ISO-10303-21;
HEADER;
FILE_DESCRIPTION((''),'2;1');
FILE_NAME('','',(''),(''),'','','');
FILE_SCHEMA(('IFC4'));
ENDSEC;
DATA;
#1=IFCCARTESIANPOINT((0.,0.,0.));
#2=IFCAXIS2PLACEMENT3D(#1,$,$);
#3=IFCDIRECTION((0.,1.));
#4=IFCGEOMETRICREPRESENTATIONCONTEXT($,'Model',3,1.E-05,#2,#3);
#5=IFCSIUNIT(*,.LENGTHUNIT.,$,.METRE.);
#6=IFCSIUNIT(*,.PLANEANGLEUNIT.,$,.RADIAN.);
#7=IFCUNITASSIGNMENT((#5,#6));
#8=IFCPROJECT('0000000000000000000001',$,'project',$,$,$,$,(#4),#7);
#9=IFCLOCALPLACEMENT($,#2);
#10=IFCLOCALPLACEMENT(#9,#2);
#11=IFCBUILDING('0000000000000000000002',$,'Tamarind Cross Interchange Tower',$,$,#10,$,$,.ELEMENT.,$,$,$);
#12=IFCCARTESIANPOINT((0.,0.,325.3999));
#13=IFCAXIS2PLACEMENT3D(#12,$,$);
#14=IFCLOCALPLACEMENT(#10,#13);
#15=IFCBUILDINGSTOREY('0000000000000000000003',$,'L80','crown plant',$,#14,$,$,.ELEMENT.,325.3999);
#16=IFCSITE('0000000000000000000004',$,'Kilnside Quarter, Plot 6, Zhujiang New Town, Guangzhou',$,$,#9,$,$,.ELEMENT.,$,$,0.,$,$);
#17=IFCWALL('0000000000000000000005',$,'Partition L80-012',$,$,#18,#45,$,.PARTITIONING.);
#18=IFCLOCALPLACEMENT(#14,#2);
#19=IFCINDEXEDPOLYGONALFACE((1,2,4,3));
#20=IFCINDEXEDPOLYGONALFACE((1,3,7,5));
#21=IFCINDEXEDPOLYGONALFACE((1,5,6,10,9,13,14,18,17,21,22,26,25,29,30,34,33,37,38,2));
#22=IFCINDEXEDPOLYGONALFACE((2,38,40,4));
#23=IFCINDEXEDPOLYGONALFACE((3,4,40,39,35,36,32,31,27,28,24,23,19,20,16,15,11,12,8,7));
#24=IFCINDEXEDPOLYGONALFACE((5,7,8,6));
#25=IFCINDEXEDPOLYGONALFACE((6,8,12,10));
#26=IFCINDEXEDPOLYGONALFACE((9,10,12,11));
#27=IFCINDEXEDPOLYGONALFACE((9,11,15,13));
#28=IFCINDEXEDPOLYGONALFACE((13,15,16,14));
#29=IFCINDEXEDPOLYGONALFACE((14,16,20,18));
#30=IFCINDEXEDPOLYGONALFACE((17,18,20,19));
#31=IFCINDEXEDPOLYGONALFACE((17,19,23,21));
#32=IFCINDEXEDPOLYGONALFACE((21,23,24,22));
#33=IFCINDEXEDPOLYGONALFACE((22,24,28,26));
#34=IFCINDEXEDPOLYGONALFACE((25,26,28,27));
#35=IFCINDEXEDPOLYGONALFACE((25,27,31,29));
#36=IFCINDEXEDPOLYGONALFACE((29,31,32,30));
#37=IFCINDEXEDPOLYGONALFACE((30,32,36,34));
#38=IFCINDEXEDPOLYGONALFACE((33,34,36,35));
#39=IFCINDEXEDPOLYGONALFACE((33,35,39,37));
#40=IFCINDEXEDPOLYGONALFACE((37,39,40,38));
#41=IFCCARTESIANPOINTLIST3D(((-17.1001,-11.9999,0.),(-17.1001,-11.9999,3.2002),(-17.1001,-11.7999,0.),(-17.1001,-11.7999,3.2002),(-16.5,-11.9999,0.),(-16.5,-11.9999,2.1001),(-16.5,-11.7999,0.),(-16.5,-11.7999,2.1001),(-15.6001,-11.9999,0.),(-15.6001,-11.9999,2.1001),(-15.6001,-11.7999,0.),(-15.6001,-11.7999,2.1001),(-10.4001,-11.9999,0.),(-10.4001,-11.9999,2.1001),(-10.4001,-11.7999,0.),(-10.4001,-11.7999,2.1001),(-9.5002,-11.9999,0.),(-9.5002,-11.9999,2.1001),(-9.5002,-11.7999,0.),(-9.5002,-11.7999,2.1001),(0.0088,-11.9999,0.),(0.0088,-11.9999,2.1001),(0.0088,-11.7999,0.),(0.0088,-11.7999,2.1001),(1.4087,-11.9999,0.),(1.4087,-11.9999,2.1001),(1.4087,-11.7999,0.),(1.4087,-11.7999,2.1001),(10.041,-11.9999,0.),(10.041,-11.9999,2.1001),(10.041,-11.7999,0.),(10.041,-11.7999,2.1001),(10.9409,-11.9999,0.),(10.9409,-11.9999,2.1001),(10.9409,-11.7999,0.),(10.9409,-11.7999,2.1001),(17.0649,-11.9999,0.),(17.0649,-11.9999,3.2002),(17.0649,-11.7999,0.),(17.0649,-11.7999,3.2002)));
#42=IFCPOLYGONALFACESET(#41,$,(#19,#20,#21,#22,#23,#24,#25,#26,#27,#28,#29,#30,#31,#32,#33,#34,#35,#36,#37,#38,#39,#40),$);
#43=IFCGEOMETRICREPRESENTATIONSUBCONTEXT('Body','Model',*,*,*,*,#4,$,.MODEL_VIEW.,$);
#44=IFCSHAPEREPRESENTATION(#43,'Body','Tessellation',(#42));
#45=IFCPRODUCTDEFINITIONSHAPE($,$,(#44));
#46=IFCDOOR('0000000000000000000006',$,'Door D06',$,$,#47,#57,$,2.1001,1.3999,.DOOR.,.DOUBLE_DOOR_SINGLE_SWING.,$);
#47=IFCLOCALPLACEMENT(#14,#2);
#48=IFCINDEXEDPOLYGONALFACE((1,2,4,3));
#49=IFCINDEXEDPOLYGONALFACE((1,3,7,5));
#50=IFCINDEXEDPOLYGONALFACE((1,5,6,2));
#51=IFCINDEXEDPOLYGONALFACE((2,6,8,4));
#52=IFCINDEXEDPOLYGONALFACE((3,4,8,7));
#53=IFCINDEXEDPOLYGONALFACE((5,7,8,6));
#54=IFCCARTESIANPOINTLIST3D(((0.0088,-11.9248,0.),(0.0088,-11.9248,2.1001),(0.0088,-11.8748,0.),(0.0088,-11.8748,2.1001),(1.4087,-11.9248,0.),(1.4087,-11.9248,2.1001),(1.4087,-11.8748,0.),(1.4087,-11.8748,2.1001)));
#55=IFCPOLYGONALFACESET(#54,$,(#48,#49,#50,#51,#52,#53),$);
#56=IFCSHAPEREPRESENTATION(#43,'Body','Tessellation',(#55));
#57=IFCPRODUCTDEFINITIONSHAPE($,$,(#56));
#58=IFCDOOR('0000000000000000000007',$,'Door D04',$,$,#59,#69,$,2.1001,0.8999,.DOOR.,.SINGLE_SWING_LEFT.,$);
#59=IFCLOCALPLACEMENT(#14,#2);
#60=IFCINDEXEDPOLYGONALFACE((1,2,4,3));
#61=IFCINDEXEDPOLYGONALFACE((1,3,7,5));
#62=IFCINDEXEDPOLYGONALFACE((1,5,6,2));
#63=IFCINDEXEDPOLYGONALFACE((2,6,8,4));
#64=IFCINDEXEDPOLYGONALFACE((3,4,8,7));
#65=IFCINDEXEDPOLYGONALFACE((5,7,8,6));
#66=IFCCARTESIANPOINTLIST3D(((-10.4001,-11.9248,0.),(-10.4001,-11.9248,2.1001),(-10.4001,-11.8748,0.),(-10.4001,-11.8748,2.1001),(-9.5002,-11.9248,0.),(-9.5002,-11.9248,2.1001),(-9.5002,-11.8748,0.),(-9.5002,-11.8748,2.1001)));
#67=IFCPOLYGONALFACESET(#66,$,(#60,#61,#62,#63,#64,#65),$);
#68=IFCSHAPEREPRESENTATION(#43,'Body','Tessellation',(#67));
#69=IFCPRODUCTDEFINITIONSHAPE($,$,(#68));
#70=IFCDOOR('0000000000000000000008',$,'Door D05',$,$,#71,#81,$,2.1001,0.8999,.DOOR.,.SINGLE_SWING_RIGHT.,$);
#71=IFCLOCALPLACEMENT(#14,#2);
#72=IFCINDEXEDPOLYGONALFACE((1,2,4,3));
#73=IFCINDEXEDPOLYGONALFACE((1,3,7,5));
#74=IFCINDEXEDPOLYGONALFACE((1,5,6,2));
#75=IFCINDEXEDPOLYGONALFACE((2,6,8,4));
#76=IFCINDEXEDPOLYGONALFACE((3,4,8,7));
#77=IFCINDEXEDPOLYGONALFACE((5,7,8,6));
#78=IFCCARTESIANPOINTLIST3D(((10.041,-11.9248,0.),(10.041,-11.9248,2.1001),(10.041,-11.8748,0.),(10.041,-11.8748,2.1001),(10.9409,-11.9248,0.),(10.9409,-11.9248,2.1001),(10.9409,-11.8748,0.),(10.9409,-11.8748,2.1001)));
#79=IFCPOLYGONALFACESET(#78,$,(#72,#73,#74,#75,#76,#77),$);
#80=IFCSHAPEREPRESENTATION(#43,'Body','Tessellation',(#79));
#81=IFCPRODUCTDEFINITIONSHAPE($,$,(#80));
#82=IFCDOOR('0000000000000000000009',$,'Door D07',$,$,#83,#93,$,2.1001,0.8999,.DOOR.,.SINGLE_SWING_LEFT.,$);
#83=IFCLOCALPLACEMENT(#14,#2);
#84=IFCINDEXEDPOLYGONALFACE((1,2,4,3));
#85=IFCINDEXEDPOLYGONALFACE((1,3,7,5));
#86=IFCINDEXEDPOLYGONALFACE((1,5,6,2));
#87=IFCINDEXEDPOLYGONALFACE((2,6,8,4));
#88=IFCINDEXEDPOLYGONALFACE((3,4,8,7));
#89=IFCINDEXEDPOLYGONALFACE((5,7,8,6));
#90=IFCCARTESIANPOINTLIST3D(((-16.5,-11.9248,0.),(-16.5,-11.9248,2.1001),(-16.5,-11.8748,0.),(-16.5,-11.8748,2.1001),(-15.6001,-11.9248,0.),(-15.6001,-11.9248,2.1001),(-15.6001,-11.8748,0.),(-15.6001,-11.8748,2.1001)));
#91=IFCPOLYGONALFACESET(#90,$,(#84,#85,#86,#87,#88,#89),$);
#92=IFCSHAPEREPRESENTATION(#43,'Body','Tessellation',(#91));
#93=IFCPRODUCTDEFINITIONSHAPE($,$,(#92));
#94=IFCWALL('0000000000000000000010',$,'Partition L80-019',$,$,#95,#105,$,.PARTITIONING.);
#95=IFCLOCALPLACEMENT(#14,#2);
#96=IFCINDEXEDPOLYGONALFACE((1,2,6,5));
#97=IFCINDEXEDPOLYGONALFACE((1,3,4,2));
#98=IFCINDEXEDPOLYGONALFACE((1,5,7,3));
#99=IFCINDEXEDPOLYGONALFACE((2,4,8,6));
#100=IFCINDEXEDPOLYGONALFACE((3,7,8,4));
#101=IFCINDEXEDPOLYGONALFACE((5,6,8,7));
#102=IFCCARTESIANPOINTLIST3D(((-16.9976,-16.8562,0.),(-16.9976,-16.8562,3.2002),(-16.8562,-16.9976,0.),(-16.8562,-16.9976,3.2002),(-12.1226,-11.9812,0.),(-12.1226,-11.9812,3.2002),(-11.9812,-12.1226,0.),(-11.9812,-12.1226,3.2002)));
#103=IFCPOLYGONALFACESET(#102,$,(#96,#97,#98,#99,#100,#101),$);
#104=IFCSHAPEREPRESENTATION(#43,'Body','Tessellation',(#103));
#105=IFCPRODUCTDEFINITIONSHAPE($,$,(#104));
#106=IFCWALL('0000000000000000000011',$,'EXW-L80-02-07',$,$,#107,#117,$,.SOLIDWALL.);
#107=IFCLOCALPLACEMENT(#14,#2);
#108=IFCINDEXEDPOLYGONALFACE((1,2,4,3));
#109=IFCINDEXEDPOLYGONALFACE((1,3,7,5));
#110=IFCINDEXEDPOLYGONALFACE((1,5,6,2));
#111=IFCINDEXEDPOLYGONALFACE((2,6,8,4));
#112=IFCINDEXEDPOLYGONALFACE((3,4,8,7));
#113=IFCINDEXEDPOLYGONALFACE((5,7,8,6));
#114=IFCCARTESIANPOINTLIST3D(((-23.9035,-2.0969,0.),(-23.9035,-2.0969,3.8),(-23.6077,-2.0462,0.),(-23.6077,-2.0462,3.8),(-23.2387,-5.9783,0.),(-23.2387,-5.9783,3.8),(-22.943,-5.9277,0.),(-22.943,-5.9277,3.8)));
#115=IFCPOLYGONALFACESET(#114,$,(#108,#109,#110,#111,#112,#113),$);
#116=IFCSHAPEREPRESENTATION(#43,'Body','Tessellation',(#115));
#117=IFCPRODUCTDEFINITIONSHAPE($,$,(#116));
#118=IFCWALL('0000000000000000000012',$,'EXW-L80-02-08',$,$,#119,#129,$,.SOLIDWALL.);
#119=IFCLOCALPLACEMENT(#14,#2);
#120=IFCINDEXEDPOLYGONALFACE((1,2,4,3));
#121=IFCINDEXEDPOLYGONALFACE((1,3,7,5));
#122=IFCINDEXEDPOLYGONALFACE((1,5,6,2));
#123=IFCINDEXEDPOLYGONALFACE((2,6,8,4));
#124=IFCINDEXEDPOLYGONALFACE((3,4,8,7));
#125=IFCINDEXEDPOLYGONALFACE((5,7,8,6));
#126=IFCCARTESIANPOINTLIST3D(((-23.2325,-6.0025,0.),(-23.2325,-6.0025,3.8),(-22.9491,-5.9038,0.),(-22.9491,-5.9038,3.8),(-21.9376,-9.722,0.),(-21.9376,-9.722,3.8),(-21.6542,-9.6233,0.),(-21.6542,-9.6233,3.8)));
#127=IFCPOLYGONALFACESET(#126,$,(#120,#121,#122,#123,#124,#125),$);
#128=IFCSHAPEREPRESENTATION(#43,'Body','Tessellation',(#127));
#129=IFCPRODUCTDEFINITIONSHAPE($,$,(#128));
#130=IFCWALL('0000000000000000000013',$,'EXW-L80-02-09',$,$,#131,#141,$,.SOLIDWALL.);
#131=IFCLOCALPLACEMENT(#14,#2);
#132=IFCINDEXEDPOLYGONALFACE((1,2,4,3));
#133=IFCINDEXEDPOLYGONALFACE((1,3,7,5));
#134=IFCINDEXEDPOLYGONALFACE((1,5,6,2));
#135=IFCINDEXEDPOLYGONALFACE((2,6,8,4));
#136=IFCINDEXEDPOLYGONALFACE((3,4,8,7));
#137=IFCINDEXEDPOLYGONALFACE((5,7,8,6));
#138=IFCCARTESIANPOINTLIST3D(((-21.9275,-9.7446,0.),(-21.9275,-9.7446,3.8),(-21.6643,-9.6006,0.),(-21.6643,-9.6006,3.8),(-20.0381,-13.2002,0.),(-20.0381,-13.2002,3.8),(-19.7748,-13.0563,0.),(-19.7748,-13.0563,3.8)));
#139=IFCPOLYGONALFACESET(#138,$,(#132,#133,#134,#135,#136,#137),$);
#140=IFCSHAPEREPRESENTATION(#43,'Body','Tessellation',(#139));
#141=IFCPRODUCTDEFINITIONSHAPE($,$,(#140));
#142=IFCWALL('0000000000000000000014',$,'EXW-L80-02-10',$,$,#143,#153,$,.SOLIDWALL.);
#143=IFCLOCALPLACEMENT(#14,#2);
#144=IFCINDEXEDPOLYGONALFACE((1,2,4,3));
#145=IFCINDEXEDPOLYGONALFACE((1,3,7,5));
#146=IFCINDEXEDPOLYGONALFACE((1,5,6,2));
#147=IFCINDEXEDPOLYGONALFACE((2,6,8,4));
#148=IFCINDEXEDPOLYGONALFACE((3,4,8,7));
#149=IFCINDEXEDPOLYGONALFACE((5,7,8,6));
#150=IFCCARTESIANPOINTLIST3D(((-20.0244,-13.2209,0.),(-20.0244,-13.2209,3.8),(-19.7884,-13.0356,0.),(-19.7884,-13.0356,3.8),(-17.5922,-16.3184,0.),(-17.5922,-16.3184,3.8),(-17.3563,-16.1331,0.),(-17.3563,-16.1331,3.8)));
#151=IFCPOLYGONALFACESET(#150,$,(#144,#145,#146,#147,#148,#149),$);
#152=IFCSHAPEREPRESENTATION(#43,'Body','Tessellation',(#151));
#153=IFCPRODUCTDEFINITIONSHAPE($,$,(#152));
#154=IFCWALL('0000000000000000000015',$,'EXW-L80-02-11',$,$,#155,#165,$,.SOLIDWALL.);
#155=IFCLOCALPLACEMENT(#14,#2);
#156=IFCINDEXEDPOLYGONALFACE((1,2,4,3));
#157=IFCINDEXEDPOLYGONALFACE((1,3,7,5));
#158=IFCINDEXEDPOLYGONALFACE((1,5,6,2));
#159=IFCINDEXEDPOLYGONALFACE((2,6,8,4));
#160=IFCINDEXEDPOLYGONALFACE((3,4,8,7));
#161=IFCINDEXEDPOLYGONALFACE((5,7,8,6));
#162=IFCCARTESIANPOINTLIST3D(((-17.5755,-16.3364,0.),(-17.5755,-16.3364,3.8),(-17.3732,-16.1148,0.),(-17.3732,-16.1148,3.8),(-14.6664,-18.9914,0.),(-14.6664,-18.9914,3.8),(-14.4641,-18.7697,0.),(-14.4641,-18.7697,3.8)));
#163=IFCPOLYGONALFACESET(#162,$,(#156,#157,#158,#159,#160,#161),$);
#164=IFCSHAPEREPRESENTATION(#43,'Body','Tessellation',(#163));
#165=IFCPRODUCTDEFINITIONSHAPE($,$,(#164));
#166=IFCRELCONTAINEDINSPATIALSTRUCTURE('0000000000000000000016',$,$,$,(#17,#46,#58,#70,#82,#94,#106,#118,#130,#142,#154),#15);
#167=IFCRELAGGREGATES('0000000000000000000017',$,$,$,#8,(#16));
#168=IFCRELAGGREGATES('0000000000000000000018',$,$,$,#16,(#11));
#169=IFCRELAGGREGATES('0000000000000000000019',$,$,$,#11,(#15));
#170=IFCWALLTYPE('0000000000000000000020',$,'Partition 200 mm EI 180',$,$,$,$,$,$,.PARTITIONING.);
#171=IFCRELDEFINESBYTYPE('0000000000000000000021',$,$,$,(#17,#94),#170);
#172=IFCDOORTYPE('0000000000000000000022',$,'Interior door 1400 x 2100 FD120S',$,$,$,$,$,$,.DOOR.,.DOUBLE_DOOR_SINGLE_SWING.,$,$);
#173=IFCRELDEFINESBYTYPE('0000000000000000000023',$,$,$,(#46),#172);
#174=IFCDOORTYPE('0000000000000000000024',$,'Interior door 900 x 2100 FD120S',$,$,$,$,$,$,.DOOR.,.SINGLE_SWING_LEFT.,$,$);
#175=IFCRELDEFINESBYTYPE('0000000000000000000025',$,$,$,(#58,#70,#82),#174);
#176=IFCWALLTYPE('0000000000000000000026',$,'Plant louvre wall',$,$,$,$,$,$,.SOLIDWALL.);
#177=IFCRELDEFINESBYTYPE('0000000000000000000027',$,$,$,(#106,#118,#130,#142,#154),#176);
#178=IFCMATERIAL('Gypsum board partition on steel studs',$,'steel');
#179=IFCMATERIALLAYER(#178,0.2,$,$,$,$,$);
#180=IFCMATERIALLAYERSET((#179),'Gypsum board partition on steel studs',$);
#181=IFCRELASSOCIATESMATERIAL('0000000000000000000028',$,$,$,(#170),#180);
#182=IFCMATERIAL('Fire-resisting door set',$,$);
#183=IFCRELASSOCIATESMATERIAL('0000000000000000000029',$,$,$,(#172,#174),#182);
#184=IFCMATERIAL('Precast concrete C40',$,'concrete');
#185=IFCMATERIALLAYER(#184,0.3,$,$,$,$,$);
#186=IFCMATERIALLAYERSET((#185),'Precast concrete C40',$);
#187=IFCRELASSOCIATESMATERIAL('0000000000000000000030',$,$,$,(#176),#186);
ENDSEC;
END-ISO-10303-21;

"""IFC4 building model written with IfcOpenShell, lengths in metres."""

from ifc_helpers import new_model, si_unit, direction, frame, frame_2d, origin, place, context, subcontext, project, spatial, rectangle, extrude, material, layer, layer_set, type_object, element, fill, save


model = new_model("IFC4")

# Units and contexts
model_context = context("Model", 3, precision=1e-05, world=origin(), true_north=direction((0.0, 1.0)))
body_context = subcontext(model_context, "Body", "Model", "MODEL_VIEW")
ifc_project = project(units=[si_unit("LENGTHUNIT", "METRE"), si_unit("PLANEANGLEUNIT", "RADIAN")], contexts=[model_context])

# Site, building, storey
site_placement = place(None, origin())
site = spatial("IfcSite", under=ifc_project, at=site_placement, Name="Kilnside Quarter, Plot 6, Zhujiang New Town, Guangzhou", CompositionType="ELEMENT", RefElevation=0.0)
building_placement = place(site_placement, origin())
building = spatial("IfcBuilding", under=site, at=building_placement, Name="Tamarind Cross Interchange Tower", CompositionType="ELEMENT")
storey_placement = place(building_placement, frame((0.0, 0.0, 325.3999)))
storey = spatial("IfcBuildingStorey", under=building, at=storey_placement, Name="L80", Description="crown plant", CompositionType="ELEMENT", Elevation=325.3999)

# Shared definitions
ifc_material_1 = material(Name="Gypsum board partition on steel studs", Category="steel")

# Shared definitions
ifc_material_2 = material(Name="Fire-resisting door set")

# Wall, openings, doors
ifc_layer_1 = layer(ifc_material_1, 0.2)
ifc_layer_set_1 = layer_set([ifc_layer_1], Name="Gypsum board partition on steel studs")
wall_type_1 = type_object("IfcWallType", Name="Partition 200 mm EI 180", PredefinedType="PARTITIONING", material=ifc_layer_set_1)
wall_1_placement = place(storey_placement, frame((-17.1001, -11.8999, 0.0), z_axis=(0.0, 0.0, 1.0), x_axis=(1.0, 0.0, 0.0)))
wall_1 = element("IfcWall", 1, at=wall_1_placement, inside=storey, type_object=wall_type_1, Name="Partition L80-012", PredefinedType="PARTITIONING", context=body_context, shape_type="SweptSolid", body=[
    extrude(rectangle(XDim=34.165, YDim=0.2, at=frame_2d((17.0825, 0.0))), origin(), (0.0, 0.0, 1.0), 3.2002),
])
opening_1_placement = place(wall_1_placement, frame((6.7, 0.0, 0.0)))
opening_1 = element("IfcOpeningElement", 2, at=opening_1_placement, cuts=wall_1, PredefinedType="OPENING", context=body_context, shape_type="SweptSolid", body=[
    extrude(rectangle(XDim=0.8999, YDim=2.1001, at=frame_2d((0.45, 1.05))), frame((0.0, 0.1099, 0.0), z_axis=(0.0, -1.0, 0.0), x_axis=(1.0, 0.0, 0.0)), (0.0, 0.0, 1.0), 0.22),
])
opening_2_placement = place(wall_1_placement, frame((27.1411, 0.0, 0.0)))
opening_2 = element("IfcOpeningElement", 3, at=opening_2_placement, cuts=wall_1, PredefinedType="OPENING", context=body_context, shape_type="SweptSolid", body=[
    extrude(rectangle(XDim=0.8999, YDim=2.1001, at=frame_2d((0.45, 1.05))), frame((0.0, 0.1099, 0.0), z_axis=(0.0, -1.0, 0.0), x_axis=(1.0, 0.0, 0.0)), (0.0, 0.0, 1.0), 0.22),
])
opening_3_placement = place(wall_1_placement, frame((17.1089, 0.0, 0.0)))
opening_3 = element("IfcOpeningElement", 4, at=opening_3_placement, cuts=wall_1, PredefinedType="OPENING", context=body_context, shape_type="SweptSolid", body=[
    extrude(rectangle(XDim=1.3999, YDim=2.1001, at=frame_2d((0.7, 1.05))), frame((0.0, 0.1099, 0.0), z_axis=(0.0, -1.0, 0.0), x_axis=(1.0, 0.0, 0.0)), (0.0, 0.0, 1.0), 0.22),
])
opening_4_placement = place(wall_1_placement, frame((0.6001, 0.0, 0.0)))
opening_4 = element("IfcOpeningElement", 5, at=opening_4_placement, cuts=wall_1, PredefinedType="OPENING", context=body_context, shape_type="SweptSolid", body=[
    extrude(rectangle(XDim=0.8999, YDim=2.1001, at=frame_2d((0.45, 1.05))), frame((0.0, 0.1099, 0.0), z_axis=(0.0, -1.0, 0.0), x_axis=(1.0, 0.0, 0.0)), (0.0, 0.0, 1.0), 0.22),
])
door_type_1 = type_object("IfcDoorType", Name="Interior door 1400 x 2100 FD120S", OperationType="DOUBLE_DOOR_SINGLE_SWING", PredefinedType="DOOR", material=ifc_material_2)
door_1_placement = place(opening_3_placement, frame((1.3999, 0.0, 0.0), z_axis=(0.0, 0.0, 1.0), x_axis=(-1.0, 0.0, 0.0)))
door_1 = element("IfcDoor", 6, at=door_1_placement, inside=storey, type_object=door_type_1, Name="Door D06", OperationType="DOUBLE_DOOR_SINGLE_SWING", OverallHeight=2.1001, OverallWidth=1.3999, PredefinedType="DOOR", context=body_context, shape_type="SweptSolid", body=[
    extrude(rectangle(XDim=1.3999, YDim=2.1001, at=frame_2d((0.7, 1.05))), frame((0.0, 0.0249, 0.0), z_axis=(0.0, -1.0, 0.0), x_axis=(1.0, 0.0, 0.0)), (0.0, 0.0, 1.0), 0.05),
])
fill(opening_3, door_1)
door_type_2 = type_object("IfcDoorType", Name="Interior door 900 x 2100 FD120S", OperationType="SINGLE_SWING_LEFT", PredefinedType="DOOR", material=ifc_material_2)
door_2_placement = place(opening_1_placement, frame((0.8999, 0.0, 0.0), z_axis=(0.0, 0.0, 1.0), x_axis=(-1.0, 0.0, 0.0)))
door_2 = element("IfcDoor", 7, at=door_2_placement, inside=storey, type_object=door_type_2, Name="Door D04", OperationType="SINGLE_SWING_LEFT", OverallHeight=2.1001, OverallWidth=0.8999, PredefinedType="DOOR", context=body_context, shape_type="SweptSolid", body=[
    extrude(rectangle(XDim=0.8999, YDim=2.1001, at=frame_2d((0.45, 1.05))), frame((0.0, 0.0249, 0.0), z_axis=(0.0, -1.0, 0.0), x_axis=(1.0, 0.0, 0.0)), (0.0, 0.0, 1.0), 0.05),
])
fill(opening_1, door_2)
door_3_placement = place(opening_2_placement, frame((0.8999, 0.0, 0.0), z_axis=(0.0, 0.0, 1.0), x_axis=(-1.0, 0.0, 0.0)))
door_3 = element("IfcDoor", 8, at=door_3_placement, inside=storey, type_object=door_type_2, Name="Door D05", OperationType="SINGLE_SWING_RIGHT", OverallHeight=2.1001, OverallWidth=0.8999, PredefinedType="DOOR", context=body_context, shape_type="SweptSolid", body=[
    extrude(rectangle(XDim=0.8999, YDim=2.1001, at=frame_2d((0.45, 1.05))), frame((0.0, 0.0249, 0.0), z_axis=(0.0, -1.0, 0.0), x_axis=(1.0, 0.0, 0.0)), (0.0, 0.0, 1.0), 0.05),
])
fill(opening_2, door_3)
door_4_placement = place(opening_4_placement, frame((0.8999, 0.0, 0.0), z_axis=(0.0, 0.0, 1.0), x_axis=(-1.0, 0.0, 0.0)))
door_4 = element("IfcDoor", 9, at=door_4_placement, inside=storey, type_object=door_type_2, Name="Door D07", OperationType="SINGLE_SWING_LEFT", OverallHeight=2.1001, OverallWidth=0.8999, PredefinedType="DOOR", context=body_context, shape_type="SweptSolid", body=[
    extrude(rectangle(XDim=0.8999, YDim=2.1001, at=frame_2d((0.45, 1.05))), frame((0.0, 0.0249, 0.0), z_axis=(0.0, -1.0, 0.0), x_axis=(1.0, 0.0, 0.0)), (0.0, 0.0, 1.0), 0.05),
])
fill(opening_4, door_4)

# Walls
wall_2_placement = place(storey_placement, frame((-16.927, -16.927, 0.0), z_axis=(0.0, 0.0, 1.0), x_axis=(0.707107, 0.707107, 0.0)))
element("IfcWall", 10, at=wall_2_placement, inside=storey, type_object=wall_type_1, Name="Partition L80-019", PredefinedType="PARTITIONING", context=body_context, shape_type="SweptSolid", body=[
    extrude(rectangle(XDim=6.8943, YDim=0.2, at=frame_2d((3.4473, 0.0))), origin(), (0.0, 0.0, 1.0), 3.2002),
])
ifc_material_3 = material(Name="Precast concrete C40", Category="concrete")
ifc_layer_2 = layer(ifc_material_3, 0.3)
ifc_layer_set_2 = layer_set([ifc_layer_2], Name="Precast concrete C40")
wall_type_2 = type_object("IfcWallType", Name="Plant louvre wall", PredefinedType="SOLIDWALL", material=ifc_layer_set_2)
wall_3_placement = place(storey_placement, frame((-23.7556, -2.0715, 0.0), z_axis=(0.0, 0.0, 1.0), x_axis=(0.168811, -0.985648, 0.0)))
element("IfcWall", 11, at=wall_3_placement, inside=storey, type_object=wall_type_2, Name="EXW-L80-02-07", PredefinedType="SOLIDWALL", context=body_context, shape_type="SweptSolid", body=[
    extrude(rectangle(XDim=3.938, YDim=0.3, at=frame_2d((1.969, 0.0))), origin(), (0.0, 0.0, 1.0), 3.8),
])
for number, where, z_axis, x_axis, name in (
    (12, (-23.0908, -5.9531, 0.0), (0.0, 0.0, 1.0), (0.32879, -0.944403, 0.0), "EXW-L80-02-08"),
    (13, (-21.7959, -9.6726, 0.0), (0.0, 0.0, 1.0), (0.479742, -0.877409, 0.0), "EXW-L80-02-09"),
):
    element("IfcWall", number, at=place(storey_placement, frame(where, z_axis=z_axis, x_axis=x_axis)), inside=storey, type_object=wall_type_2, Name=name, PredefinedType="SOLIDWALL", context=body_context, shape_type="SweptSolid", body=[
        extrude(rectangle(XDim=3.9385, YDim=0.3, at=frame_2d((1.9692, 0.0))), origin(), (0.0, 0.0, 1.0), 3.8),
    ])
wall_4_placement = place(storey_placement, frame((-19.9065, -13.1282, 0.0), z_axis=(0.0, 0.0, 1.0), x_axis=(0.617578, -0.78651, 0.0)))
element("IfcWall", 14, at=wall_4_placement, inside=storey, type_object=wall_type_2, Name="EXW-L80-02-10", PredefinedType="SOLIDWALL", context=body_context, shape_type="SweptSolid", body=[
    extrude(rectangle(XDim=3.9382, YDim=0.3, at=frame_2d((1.9692, 0.0))), origin(), (0.0, 0.0, 1.0), 3.8),
])
wall_5_placement = place(storey_placement, frame((-17.4744, -16.2256, 0.0), z_axis=(0.0, 0.0, 1.0), x_axis=(0.738634, -0.674106, 0.0)))
element("IfcWall", 15, at=wall_5_placement, inside=storey, type_object=wall_type_2, Name="EXW-L80-02-11", PredefinedType="SOLIDWALL", context=body_context, shape_type="SweptSolid", body=[
    extrude(rectangle(XDim=3.9385, YDim=0.3, at=frame_2d((1.9692, 0.0))), origin(), (0.0, 0.0, 1.0), 3.8),
])

save(model, "model.ifc")
